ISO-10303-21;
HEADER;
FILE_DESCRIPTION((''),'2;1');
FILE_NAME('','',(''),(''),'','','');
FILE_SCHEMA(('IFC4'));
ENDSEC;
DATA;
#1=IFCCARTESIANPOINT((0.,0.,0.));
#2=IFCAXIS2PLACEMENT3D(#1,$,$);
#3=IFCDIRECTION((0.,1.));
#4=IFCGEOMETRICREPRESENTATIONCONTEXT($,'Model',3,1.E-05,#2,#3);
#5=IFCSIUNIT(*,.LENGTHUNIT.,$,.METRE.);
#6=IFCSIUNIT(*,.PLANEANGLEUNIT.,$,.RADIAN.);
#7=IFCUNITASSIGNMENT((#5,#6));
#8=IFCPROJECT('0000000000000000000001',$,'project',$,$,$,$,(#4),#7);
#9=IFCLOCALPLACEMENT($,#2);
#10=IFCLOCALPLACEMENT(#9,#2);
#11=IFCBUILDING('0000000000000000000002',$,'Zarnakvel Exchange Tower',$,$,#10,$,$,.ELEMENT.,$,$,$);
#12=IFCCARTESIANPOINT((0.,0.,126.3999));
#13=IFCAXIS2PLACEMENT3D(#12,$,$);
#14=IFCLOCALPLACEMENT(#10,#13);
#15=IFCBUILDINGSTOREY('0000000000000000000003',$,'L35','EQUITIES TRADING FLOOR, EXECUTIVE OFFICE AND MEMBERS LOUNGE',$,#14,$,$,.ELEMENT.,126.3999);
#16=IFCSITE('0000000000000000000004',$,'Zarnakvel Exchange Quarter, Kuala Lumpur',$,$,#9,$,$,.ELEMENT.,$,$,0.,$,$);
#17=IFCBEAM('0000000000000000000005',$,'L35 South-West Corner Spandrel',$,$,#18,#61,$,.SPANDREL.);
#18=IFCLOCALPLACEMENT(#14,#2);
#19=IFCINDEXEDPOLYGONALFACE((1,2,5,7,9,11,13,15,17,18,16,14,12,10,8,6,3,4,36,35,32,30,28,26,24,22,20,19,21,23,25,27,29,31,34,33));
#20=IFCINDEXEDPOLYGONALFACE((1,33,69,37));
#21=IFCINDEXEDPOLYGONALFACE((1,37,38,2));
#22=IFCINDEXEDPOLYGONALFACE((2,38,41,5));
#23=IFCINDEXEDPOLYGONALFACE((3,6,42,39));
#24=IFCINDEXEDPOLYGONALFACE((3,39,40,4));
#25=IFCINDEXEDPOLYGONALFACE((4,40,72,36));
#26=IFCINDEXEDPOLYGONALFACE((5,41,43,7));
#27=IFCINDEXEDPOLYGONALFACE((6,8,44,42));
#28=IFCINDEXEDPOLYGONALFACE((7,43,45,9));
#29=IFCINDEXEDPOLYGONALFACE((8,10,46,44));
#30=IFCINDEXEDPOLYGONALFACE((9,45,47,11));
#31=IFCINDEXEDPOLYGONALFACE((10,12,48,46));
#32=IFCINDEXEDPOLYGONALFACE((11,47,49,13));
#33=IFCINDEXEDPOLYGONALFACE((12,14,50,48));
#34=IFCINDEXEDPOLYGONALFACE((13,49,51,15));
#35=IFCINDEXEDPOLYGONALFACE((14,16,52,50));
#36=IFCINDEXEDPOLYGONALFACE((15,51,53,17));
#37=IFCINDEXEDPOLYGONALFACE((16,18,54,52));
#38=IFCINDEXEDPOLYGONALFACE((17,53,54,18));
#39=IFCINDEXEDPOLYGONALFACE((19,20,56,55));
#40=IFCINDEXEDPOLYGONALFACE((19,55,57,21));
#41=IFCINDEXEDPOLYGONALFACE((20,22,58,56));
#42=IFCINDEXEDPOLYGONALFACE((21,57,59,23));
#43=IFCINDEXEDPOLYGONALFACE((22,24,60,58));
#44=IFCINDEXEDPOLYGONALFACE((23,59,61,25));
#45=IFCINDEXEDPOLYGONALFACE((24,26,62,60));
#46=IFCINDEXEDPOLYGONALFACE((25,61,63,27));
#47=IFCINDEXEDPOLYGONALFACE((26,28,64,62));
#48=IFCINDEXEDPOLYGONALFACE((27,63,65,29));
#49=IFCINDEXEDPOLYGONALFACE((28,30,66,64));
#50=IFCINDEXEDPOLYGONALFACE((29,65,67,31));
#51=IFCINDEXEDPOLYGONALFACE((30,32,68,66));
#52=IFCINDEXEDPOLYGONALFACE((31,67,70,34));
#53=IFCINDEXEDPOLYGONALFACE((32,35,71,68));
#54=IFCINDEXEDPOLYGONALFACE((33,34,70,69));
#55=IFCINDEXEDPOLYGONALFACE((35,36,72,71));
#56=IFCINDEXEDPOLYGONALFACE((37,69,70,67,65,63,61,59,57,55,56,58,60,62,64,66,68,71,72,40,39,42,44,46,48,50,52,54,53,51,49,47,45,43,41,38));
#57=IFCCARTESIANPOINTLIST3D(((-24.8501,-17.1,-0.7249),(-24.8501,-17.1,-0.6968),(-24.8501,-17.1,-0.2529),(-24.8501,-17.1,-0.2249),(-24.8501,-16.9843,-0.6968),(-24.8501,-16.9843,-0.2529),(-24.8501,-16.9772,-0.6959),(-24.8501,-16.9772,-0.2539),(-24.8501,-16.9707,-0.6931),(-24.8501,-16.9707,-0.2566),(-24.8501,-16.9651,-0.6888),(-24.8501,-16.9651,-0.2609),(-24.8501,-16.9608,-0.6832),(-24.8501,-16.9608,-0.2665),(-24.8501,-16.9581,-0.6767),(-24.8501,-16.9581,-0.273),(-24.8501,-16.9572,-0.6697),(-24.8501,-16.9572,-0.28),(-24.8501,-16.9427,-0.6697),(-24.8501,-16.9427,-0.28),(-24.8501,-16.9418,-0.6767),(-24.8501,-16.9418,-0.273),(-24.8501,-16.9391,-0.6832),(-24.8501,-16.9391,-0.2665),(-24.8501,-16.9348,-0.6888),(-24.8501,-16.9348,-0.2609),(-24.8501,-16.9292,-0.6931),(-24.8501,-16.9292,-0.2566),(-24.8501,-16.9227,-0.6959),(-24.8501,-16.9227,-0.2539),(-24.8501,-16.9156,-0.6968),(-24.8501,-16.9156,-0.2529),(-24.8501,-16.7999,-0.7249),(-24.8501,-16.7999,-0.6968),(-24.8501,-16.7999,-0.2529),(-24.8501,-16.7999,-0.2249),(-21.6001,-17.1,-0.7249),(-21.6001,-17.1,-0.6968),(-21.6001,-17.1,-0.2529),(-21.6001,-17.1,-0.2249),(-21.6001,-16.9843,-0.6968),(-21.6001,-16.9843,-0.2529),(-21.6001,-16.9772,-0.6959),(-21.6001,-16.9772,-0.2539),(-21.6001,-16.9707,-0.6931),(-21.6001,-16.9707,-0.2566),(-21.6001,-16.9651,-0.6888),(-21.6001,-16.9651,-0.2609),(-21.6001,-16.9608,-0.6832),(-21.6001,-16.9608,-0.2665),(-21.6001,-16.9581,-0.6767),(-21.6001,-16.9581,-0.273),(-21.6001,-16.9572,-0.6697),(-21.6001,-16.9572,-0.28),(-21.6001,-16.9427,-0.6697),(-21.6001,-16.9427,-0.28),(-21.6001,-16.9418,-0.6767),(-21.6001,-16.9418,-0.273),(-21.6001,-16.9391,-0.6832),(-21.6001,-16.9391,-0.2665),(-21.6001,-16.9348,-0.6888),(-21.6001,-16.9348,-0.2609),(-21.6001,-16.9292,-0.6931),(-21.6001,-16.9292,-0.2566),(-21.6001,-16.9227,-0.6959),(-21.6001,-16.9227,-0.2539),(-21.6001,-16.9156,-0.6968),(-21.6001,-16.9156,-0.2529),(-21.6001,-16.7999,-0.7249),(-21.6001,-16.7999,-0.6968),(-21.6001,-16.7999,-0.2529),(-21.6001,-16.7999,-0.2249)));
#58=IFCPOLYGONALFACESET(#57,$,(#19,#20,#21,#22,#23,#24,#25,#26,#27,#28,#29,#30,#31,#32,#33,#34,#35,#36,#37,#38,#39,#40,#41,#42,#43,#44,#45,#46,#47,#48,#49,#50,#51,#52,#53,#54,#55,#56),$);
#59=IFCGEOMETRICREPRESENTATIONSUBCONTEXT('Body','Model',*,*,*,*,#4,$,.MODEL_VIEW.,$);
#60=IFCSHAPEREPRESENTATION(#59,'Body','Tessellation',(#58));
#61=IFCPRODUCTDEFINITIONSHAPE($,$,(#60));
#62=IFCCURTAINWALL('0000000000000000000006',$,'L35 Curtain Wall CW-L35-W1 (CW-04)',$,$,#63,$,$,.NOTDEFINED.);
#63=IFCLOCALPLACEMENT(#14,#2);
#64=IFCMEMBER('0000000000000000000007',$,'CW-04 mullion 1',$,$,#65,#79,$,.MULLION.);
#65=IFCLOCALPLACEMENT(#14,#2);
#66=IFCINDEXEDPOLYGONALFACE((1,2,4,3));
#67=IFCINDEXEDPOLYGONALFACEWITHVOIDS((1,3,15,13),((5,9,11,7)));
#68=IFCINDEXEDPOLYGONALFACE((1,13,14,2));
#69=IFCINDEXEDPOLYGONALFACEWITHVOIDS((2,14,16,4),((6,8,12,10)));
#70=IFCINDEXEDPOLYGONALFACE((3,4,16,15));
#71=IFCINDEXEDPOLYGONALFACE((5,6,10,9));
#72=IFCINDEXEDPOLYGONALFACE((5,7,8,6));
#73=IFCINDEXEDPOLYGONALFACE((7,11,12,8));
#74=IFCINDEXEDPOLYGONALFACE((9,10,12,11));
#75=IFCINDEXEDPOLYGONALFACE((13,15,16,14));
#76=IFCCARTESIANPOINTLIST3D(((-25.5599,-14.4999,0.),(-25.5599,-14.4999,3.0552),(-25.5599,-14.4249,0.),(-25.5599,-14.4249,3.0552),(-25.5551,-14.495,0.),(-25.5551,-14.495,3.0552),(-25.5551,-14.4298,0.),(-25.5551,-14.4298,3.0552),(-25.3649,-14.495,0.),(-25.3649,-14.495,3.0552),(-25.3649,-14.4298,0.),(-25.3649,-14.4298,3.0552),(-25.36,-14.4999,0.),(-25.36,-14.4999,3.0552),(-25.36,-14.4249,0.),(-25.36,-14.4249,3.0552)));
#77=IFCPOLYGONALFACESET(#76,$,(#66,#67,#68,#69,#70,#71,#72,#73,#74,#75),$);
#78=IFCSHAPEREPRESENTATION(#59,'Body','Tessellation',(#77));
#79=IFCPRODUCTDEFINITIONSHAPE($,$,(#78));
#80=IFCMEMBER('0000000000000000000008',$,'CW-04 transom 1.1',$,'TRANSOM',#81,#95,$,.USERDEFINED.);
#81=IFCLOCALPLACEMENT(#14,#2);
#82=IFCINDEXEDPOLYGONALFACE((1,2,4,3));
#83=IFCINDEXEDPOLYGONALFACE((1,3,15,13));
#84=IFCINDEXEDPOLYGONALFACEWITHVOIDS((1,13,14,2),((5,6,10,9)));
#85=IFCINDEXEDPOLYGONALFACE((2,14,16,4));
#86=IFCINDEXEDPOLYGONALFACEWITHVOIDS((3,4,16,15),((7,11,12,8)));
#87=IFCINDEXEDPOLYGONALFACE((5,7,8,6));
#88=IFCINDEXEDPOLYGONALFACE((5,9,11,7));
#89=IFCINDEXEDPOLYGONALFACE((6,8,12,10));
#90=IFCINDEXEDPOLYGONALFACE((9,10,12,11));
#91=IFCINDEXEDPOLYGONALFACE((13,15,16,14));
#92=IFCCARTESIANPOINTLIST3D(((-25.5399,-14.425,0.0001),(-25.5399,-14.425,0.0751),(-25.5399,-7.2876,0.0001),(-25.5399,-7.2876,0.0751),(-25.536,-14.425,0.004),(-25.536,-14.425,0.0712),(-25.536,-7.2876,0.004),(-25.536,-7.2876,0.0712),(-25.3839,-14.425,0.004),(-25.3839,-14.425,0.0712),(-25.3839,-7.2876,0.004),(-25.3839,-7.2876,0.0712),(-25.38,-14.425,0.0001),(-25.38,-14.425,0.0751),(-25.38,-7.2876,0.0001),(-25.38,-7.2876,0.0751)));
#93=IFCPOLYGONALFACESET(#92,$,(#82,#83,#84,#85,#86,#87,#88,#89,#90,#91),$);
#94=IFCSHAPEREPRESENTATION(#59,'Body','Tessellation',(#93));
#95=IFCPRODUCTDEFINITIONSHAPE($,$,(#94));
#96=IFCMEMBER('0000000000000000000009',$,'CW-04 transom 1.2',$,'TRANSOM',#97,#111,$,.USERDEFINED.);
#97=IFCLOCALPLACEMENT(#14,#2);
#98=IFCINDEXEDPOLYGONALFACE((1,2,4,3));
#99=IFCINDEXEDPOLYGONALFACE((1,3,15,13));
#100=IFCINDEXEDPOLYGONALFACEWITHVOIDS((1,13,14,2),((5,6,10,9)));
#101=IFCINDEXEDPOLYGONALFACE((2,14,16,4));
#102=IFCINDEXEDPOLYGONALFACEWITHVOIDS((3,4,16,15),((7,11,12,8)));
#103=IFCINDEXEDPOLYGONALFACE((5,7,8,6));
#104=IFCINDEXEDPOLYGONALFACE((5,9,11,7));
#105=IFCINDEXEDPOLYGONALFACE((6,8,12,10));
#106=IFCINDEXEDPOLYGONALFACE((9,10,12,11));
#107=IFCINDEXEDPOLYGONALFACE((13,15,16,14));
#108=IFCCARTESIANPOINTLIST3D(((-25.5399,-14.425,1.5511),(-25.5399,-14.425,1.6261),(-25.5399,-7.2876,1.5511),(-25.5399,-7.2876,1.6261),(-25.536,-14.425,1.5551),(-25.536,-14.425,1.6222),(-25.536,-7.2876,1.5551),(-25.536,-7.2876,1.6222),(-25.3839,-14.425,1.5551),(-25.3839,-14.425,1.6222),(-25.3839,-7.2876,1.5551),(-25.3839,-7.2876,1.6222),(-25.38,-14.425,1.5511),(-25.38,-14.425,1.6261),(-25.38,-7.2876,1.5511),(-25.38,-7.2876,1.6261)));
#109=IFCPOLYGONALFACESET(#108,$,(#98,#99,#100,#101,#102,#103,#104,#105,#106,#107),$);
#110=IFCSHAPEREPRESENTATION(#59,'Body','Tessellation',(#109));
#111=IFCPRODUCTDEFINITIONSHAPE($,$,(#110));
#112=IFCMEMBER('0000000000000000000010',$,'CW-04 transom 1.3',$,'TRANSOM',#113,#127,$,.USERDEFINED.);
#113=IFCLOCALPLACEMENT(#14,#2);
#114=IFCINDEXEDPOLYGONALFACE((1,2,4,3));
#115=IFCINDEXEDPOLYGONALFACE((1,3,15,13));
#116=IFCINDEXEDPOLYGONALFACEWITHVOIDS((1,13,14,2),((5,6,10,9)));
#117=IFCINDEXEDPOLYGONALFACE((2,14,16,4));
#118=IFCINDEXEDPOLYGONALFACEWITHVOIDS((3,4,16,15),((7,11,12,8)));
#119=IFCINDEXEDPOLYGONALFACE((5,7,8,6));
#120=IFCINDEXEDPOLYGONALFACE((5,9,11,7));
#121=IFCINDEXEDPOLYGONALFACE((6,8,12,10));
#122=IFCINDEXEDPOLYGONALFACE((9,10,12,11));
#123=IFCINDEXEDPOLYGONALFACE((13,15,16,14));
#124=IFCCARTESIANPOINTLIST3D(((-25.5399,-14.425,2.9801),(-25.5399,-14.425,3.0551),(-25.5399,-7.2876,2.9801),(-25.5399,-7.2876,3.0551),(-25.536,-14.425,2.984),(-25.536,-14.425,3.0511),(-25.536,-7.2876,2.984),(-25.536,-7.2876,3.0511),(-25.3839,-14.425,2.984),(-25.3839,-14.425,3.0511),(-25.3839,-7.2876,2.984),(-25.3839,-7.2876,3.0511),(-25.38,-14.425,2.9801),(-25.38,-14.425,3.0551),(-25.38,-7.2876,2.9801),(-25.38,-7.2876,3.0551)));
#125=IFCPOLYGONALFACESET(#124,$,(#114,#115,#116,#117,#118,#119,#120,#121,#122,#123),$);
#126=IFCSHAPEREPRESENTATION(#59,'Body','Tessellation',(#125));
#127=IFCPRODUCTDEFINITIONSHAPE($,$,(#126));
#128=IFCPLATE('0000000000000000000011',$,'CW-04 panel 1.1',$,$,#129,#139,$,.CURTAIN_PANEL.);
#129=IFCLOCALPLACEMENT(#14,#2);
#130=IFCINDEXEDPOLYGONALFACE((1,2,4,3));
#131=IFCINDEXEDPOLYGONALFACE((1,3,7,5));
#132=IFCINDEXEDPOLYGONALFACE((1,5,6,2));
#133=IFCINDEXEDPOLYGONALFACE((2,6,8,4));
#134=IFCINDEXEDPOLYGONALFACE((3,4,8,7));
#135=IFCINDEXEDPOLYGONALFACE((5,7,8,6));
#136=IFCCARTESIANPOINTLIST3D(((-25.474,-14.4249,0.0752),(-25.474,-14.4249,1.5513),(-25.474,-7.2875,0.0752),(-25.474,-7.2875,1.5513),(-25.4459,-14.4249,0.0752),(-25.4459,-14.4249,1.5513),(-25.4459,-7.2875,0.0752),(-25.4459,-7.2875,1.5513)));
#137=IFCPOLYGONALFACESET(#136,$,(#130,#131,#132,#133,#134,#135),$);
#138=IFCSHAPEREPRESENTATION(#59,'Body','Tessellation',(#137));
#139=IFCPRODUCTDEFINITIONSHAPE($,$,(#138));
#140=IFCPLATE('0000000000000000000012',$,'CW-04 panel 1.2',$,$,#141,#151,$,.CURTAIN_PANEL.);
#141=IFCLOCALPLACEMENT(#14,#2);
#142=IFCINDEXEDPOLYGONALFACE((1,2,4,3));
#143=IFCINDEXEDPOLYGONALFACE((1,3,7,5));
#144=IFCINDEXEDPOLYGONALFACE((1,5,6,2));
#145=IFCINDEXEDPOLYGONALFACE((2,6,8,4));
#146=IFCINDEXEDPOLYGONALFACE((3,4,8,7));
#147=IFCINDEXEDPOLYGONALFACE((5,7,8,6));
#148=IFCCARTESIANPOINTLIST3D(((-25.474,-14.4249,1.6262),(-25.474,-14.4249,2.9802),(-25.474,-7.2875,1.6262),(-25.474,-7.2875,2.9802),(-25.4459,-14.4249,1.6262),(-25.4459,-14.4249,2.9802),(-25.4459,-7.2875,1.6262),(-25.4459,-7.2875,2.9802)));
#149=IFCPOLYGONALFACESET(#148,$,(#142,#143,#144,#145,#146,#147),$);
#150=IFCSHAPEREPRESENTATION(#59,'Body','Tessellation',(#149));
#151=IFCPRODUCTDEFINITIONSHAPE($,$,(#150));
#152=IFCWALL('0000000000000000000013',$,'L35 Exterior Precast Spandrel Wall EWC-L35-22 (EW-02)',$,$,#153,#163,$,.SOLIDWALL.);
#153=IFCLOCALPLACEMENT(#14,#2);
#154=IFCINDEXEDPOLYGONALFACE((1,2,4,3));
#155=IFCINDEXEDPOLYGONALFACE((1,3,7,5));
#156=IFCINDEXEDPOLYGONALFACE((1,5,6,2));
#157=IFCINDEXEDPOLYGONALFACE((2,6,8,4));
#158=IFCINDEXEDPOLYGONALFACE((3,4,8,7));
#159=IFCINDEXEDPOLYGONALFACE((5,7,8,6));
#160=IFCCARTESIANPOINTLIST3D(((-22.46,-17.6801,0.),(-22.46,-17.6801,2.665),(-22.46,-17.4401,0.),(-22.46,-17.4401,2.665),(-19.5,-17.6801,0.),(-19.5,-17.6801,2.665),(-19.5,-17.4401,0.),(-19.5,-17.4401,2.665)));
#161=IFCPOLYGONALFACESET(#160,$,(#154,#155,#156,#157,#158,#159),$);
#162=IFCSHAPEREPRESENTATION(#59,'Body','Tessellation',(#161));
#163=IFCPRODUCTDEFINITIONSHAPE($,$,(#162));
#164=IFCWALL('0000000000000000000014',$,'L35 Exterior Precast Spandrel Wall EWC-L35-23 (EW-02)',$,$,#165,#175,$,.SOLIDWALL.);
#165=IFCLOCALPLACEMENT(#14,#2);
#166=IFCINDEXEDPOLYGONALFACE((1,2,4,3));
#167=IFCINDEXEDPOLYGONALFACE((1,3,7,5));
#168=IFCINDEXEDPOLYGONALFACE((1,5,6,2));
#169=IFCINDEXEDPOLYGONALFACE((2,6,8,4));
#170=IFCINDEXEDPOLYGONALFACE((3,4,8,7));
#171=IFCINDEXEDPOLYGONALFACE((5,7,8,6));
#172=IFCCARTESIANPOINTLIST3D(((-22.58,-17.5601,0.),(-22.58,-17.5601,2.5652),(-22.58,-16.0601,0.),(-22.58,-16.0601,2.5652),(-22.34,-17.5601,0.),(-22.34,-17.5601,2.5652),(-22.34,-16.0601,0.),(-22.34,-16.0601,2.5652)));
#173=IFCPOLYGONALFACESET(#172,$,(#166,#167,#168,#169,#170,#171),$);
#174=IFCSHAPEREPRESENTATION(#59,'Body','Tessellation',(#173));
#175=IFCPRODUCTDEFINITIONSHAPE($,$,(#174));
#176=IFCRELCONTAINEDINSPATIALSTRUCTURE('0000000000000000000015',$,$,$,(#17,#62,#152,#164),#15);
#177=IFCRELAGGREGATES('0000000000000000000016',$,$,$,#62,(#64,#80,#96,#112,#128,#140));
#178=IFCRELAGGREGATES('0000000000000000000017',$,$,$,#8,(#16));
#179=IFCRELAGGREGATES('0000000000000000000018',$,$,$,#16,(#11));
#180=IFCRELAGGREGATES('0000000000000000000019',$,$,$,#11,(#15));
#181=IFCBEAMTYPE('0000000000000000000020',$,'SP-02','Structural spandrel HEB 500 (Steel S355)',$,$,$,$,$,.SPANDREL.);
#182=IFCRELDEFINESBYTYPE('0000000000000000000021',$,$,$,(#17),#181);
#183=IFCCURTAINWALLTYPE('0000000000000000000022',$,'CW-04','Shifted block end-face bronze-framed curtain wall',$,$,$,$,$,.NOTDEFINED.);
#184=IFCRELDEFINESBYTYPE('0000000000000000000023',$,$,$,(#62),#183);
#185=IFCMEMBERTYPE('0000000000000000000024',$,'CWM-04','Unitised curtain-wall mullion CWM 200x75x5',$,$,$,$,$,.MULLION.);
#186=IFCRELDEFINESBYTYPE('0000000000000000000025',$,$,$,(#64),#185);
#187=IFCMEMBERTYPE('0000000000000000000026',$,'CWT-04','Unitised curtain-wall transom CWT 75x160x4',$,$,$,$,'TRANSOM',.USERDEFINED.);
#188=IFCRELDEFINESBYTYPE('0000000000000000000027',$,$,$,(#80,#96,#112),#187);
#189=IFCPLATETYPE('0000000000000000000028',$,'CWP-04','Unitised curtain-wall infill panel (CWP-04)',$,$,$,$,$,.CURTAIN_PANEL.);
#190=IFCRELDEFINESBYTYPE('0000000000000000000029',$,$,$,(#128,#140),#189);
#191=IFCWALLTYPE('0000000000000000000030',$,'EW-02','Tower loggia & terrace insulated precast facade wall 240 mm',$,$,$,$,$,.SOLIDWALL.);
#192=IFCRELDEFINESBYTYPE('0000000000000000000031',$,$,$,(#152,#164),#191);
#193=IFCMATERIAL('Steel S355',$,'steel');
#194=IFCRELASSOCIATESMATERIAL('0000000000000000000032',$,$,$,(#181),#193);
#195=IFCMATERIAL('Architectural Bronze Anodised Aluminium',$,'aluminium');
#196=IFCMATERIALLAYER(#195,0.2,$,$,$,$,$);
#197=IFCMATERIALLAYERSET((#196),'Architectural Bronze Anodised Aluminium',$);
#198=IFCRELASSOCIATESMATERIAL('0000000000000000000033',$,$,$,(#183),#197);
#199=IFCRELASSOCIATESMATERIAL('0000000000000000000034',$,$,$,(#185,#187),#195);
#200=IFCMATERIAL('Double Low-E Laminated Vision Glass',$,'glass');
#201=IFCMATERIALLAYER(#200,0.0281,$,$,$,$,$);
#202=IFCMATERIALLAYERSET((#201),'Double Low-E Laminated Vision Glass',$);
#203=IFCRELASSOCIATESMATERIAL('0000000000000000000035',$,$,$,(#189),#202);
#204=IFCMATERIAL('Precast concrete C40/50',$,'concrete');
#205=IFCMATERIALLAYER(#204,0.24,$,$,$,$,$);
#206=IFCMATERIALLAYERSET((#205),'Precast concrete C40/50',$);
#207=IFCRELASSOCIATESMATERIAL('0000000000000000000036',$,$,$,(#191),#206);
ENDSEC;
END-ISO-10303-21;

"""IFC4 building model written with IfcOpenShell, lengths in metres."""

from ifc_helpers import new_model, si_unit, direction, frame, frame_2d, origin, origin_2d, place, context, subcontext, project, spatial, rectangle, hollow_rectangle, i_section, extrude, source, transform, mapped, material, layer, layer_set, material_profile, profile_set, type_object, element, aggregate, save


model = new_model("IFC4")

# Units and contexts
model_context = context("Model", 3, precision=1e-05, world=origin(), true_north=direction((0.0, 1.0)))
body_context = subcontext(model_context, "Body", "Model", "MODEL_VIEW")
ifc_project = project(units=[si_unit("LENGTHUNIT", "METRE"), si_unit("PLANEANGLEUNIT", "RADIAN")], contexts=[model_context])

# Site, building, storey
site_placement = place(None, origin())
site = spatial("IfcSite", under=ifc_project, at=site_placement, Name="Zarnakvel Exchange Quarter, Kuala Lumpur", CompositionType="ELEMENT", RefElevation=0.0)
building_placement = place(site_placement, origin())
building = spatial("IfcBuilding", under=site, at=building_placement, Name="Zarnakvel Exchange Tower", CompositionType="ELEMENT")
storey_placement = place(building_placement, frame((0.0, 0.0, 126.3999)))
storey = spatial("IfcBuildingStorey", under=building, at=storey_placement, Name="L35", Description="EQUITIES TRADING FLOOR, EXECUTIVE OFFICE AND MEMBERS LOUNGE", CompositionType="ELEMENT", Elevation=126.3999)

# Shared definitions
ifc_material_1 = material(Name="Steel S355", Category="steel")

# Beam
ifc_material_profile_1 = material_profile(ifc_material_1, i_section(OverallWidth=0.3, OverallDepth=0.5, WebThickness=0.0144, FlangeThickness=0.0281, FilletRadius=0.0271, at=origin_2d()))
ifc_profile_set_1 = profile_set([ifc_material_profile_1], Name="Steel S355")
beam_type_1 = type_object("IfcBeamType", Name="SP-02", Description="Structural spandrel HEB 500 (Steel S355)", PredefinedType="SPANDREL", material=ifc_profile_set_1)
beam_1_placement = place(storey_placement, frame((-24.8501, -16.95, -0.4749), z_axis=(1.0, 0.0, 0.0), x_axis=(0.0, 1.0, 0.0)))
element("IfcBeam", 1, at=beam_1_placement, inside=storey, type_object=beam_type_1, Name="L35 South-West Corner Spandrel", PredefinedType="SPANDREL", context=body_context, shape_type="SweptSolid", body=[
    extrude(i_section(OverallWidth=0.3, OverallDepth=0.5, WebThickness=0.0144, FlangeThickness=0.0281, FilletRadius=0.0271, at=origin_2d()), origin(), (0.0, 0.0, 1.0), 3.25),
])

# Curtain wall, members, plates
ifc_material_2 = material(Name="Architectural Bronze Anodised Aluminium", Category="aluminium")
ifc_layer_1 = layer(ifc_material_2, 0.2)
ifc_layer_set_1 = layer_set([ifc_layer_1], Name="Architectural Bronze Anodised Aluminium")
curtain_wall_type = type_object("IfcCurtainWallType", Name="CW-04", Description="Shifted block end-face bronze-framed curtain wall", PredefinedType="NOTDEFINED", material=ifc_layer_set_1)
curtain_wall_placement = place(storey_placement, origin())
curtain_wall = element("IfcCurtainWall", 2, at=curtain_wall_placement, inside=storey, type_object=curtain_wall_type, Name="L35 Curtain Wall CW-L35-W1 (CW-04)", PredefinedType="NOTDEFINED")
ifc_material_profile_2 = material_profile(ifc_material_2, hollow_rectangle(XDim=0.2, YDim=0.075, WallThickness=0.0049, at=origin_2d()))
ifc_profile_set_2 = profile_set([ifc_material_profile_2], Name="Architectural Bronze Anodised Aluminium")
member_type_1 = type_object("IfcMemberType", Name="CWM-04", Description="Unitised curtain-wall mullion CWM 200x75x5", PredefinedType="MULLION", material=ifc_profile_set_2)
shared_shape_1 = source(origin(), body_context, "Body", "SweptSolid", [
    extrude(hollow_rectangle(XDim=0.2, YDim=0.075, WallThickness=0.0049, at=origin_2d()), origin(), (0.0, 0.0, 1.0), 3.0552),
])
member_1_placement = place(storey_placement, frame((-25.46, -14.4624, 0.0), z_axis=(0.0, 0.0, 1.0), x_axis=(-1.0, 0.0, 0.0)))
member_1 = element("IfcMember", 3, at=member_1_placement, type_object=member_type_1, Name="CW-04 mullion 1", PredefinedType="MULLION", context=body_context, shape_type="MappedRepresentation", body=[
    mapped(shared_shape_1, transform((0.0, 0.0, 0.0), x_axis=(1.0, 0.0, 0.0), y_axis=(0.0, 1.0, 0.0), z_axis=(0.0, 0.0, 1.0), scale=1.0)),
])
ifc_material_profile_3 = material_profile(ifc_material_2, hollow_rectangle(XDim=0.1599, YDim=0.075, WallThickness=0.0039, at=origin_2d()))
ifc_profile_set_3 = profile_set([ifc_material_profile_3], Name="Architectural Bronze Anodised Aluminium")
member_type_2 = type_object("IfcMemberType", Name="CWT-04", Description="Unitised curtain-wall transom CWT 75x160x4", ElementType="TRANSOM", PredefinedType="USERDEFINED", material=ifc_profile_set_3)
shared_shape_2 = source(origin(), body_context, "Body", "SweptSolid", [
    extrude(hollow_rectangle(XDim=0.1599, YDim=0.075, WallThickness=0.0039, at=origin_2d()), origin(), (0.0, 0.0, 1.0), 7.1375),
])
member_2_placement = place(storey_placement, frame((-25.46, -14.425, 0.0376), z_axis=(0.0, 1.0, 0.0), x_axis=(-1.0, 0.0, 0.0)))
member_2 = element("IfcMember", 4, at=member_2_placement, type_object=member_type_2, Name="CW-04 transom 1.1", ObjectType="TRANSOM", PredefinedType="USERDEFINED", context=body_context, shape_type="MappedRepresentation", body=[
    mapped(shared_shape_2, transform((0.0, 0.0, 0.0), x_axis=(1.0, 0.0, 0.0), y_axis=(0.0, 1.0, 0.0), z_axis=(0.0, 0.0, 1.0), scale=1.0)),
])
member_3_placement = place(storey_placement, frame((-25.46, -14.425, 1.5886), z_axis=(0.0, 1.0, 0.0), x_axis=(-1.0, 0.0, 0.0)))
member_3 = element("IfcMember", 5, at=member_3_placement, type_object=member_type_2, Name="CW-04 transom 1.2", ObjectType="TRANSOM", PredefinedType="USERDEFINED", context=body_context, shape_type="MappedRepresentation", body=[
    mapped(shared_shape_2, transform((0.0, 0.0, 0.0), x_axis=(1.0, 0.0, 0.0), y_axis=(0.0, 1.0, 0.0), z_axis=(0.0, 0.0, 1.0), scale=1.0)),
])
member_4_placement = place(storey_placement, frame((-25.46, -14.425, 3.0176), z_axis=(0.0, 1.0, 0.0), x_axis=(-1.0, 0.0, 0.0)))
member_4 = element("IfcMember", 6, at=member_4_placement, type_object=member_type_2, Name="CW-04 transom 1.3", ObjectType="TRANSOM", PredefinedType="USERDEFINED", context=body_context, shape_type="MappedRepresentation", body=[
    mapped(shared_shape_2, transform((0.0, 0.0, 0.0), x_axis=(1.0, 0.0, 0.0), y_axis=(0.0, 1.0, 0.0), z_axis=(0.0, 0.0, 1.0), scale=1.0)),
])
ifc_material_3 = material(Name="Double Low-E Laminated Vision Glass", Category="glass")
ifc_layer_2 = layer(ifc_material_3, 0.0281)
ifc_layer_set_2 = layer_set([ifc_layer_2], Name="Double Low-E Laminated Vision Glass")
plate_type = type_object("IfcPlateType", Name="CWP-04", Description="Unitised curtain-wall infill panel (CWP-04)", PredefinedType="CURTAIN_PANEL", material=ifc_layer_set_2)
shared_shape_3 = source(origin(), body_context, "Body", "SweptSolid", [
    extrude(rectangle(XDim=7.1375, YDim=0.0281, at=origin_2d()), origin(), (0.0, 0.0, 1.0), 1.4761),
])
plate_1_placement = place(storey_placement, frame((-25.46, -10.8562, 0.0752), z_axis=(0.0, 0.0, 1.0), x_axis=(0.0, 1.0, 0.0)))
plate_1 = element("IfcPlate", 7, at=plate_1_placement, type_object=plate_type, Name="CW-04 panel 1.1", PredefinedType="CURTAIN_PANEL", context=body_context, shape_type="MappedRepresentation", body=[
    mapped(shared_shape_3, transform((0.0, 0.0, 0.0), x_axis=(1.0, 0.0, 0.0), y_axis=(0.0, 1.0, 0.0), z_axis=(0.0, 0.0, 1.0), scale=1.0)),
])
shared_shape_4 = source(origin(), body_context, "Body", "SweptSolid", [
    extrude(rectangle(XDim=7.1375, YDim=0.0281, at=origin_2d()), origin(), (0.0, 0.0, 1.0), 1.354),
])
plate_2_placement = place(storey_placement, frame((-25.46, -10.8562, 1.6262), z_axis=(0.0, 0.0, 1.0), x_axis=(0.0, 1.0, 0.0)))
plate_2 = element("IfcPlate", 8, at=plate_2_placement, type_object=plate_type, Name="CW-04 panel 1.2", PredefinedType="CURTAIN_PANEL", context=body_context, shape_type="MappedRepresentation", body=[
    mapped(shared_shape_4, transform((0.0, 0.0, 0.0), x_axis=(1.0, 0.0, 0.0), y_axis=(0.0, 1.0, 0.0), z_axis=(0.0, 0.0, 1.0), scale=1.0)),
])
aggregate(curtain_wall, [member_1, member_2, member_3, member_4, plate_1, plate_2])

# Walls
ifc_material_4 = material(Name="Precast concrete C40/50", Category="concrete")
ifc_layer_3 = layer(ifc_material_4, 0.24)
ifc_layer_set_3 = layer_set([ifc_layer_3], Name="Precast concrete C40/50")
wall_type_1 = type_object("IfcWallType", Name="EW-02", Description="Tower loggia & terrace insulated precast facade wall 240 mm", PredefinedType="SOLIDWALL", material=ifc_layer_set_3)
wall_1_placement = place(storey_placement, frame((-22.46, -17.5601, 0.0), z_axis=(0.0, 0.0, 1.0), x_axis=(1.0, 0.0, 0.0)))
element("IfcWall", 9, at=wall_1_placement, inside=storey, type_object=wall_type_1, Name="L35 Exterior Precast Spandrel Wall EWC-L35-22 (EW-02)", PredefinedType="SOLIDWALL", context=body_context, shape_type="SweptSolid", body=[
    extrude(rectangle(XDim=2.96, YDim=0.24, at=frame_2d((1.48, 0.0))), origin(), (0.0, 0.0, 1.0), 2.665),
])
wall_2_placement = place(storey_placement, frame((-22.46, -16.0601, 0.0), z_axis=(0.0, 0.0, 1.0), x_axis=(0.0, -1.0, 0.0)))
element("IfcWall", 10, at=wall_2_placement, inside=storey, type_object=wall_type_1, Name="L35 Exterior Precast Spandrel Wall EWC-L35-23 (EW-02)", PredefinedType="SOLIDWALL", context=body_context, shape_type="SweptSolid", body=[
    extrude(rectangle(XDim=1.5, YDim=0.24, at=frame_2d((0.75, 0.0))), origin(), (0.0, 0.0, 1.0), 2.5652),
])

save(model, "model.ifc")
